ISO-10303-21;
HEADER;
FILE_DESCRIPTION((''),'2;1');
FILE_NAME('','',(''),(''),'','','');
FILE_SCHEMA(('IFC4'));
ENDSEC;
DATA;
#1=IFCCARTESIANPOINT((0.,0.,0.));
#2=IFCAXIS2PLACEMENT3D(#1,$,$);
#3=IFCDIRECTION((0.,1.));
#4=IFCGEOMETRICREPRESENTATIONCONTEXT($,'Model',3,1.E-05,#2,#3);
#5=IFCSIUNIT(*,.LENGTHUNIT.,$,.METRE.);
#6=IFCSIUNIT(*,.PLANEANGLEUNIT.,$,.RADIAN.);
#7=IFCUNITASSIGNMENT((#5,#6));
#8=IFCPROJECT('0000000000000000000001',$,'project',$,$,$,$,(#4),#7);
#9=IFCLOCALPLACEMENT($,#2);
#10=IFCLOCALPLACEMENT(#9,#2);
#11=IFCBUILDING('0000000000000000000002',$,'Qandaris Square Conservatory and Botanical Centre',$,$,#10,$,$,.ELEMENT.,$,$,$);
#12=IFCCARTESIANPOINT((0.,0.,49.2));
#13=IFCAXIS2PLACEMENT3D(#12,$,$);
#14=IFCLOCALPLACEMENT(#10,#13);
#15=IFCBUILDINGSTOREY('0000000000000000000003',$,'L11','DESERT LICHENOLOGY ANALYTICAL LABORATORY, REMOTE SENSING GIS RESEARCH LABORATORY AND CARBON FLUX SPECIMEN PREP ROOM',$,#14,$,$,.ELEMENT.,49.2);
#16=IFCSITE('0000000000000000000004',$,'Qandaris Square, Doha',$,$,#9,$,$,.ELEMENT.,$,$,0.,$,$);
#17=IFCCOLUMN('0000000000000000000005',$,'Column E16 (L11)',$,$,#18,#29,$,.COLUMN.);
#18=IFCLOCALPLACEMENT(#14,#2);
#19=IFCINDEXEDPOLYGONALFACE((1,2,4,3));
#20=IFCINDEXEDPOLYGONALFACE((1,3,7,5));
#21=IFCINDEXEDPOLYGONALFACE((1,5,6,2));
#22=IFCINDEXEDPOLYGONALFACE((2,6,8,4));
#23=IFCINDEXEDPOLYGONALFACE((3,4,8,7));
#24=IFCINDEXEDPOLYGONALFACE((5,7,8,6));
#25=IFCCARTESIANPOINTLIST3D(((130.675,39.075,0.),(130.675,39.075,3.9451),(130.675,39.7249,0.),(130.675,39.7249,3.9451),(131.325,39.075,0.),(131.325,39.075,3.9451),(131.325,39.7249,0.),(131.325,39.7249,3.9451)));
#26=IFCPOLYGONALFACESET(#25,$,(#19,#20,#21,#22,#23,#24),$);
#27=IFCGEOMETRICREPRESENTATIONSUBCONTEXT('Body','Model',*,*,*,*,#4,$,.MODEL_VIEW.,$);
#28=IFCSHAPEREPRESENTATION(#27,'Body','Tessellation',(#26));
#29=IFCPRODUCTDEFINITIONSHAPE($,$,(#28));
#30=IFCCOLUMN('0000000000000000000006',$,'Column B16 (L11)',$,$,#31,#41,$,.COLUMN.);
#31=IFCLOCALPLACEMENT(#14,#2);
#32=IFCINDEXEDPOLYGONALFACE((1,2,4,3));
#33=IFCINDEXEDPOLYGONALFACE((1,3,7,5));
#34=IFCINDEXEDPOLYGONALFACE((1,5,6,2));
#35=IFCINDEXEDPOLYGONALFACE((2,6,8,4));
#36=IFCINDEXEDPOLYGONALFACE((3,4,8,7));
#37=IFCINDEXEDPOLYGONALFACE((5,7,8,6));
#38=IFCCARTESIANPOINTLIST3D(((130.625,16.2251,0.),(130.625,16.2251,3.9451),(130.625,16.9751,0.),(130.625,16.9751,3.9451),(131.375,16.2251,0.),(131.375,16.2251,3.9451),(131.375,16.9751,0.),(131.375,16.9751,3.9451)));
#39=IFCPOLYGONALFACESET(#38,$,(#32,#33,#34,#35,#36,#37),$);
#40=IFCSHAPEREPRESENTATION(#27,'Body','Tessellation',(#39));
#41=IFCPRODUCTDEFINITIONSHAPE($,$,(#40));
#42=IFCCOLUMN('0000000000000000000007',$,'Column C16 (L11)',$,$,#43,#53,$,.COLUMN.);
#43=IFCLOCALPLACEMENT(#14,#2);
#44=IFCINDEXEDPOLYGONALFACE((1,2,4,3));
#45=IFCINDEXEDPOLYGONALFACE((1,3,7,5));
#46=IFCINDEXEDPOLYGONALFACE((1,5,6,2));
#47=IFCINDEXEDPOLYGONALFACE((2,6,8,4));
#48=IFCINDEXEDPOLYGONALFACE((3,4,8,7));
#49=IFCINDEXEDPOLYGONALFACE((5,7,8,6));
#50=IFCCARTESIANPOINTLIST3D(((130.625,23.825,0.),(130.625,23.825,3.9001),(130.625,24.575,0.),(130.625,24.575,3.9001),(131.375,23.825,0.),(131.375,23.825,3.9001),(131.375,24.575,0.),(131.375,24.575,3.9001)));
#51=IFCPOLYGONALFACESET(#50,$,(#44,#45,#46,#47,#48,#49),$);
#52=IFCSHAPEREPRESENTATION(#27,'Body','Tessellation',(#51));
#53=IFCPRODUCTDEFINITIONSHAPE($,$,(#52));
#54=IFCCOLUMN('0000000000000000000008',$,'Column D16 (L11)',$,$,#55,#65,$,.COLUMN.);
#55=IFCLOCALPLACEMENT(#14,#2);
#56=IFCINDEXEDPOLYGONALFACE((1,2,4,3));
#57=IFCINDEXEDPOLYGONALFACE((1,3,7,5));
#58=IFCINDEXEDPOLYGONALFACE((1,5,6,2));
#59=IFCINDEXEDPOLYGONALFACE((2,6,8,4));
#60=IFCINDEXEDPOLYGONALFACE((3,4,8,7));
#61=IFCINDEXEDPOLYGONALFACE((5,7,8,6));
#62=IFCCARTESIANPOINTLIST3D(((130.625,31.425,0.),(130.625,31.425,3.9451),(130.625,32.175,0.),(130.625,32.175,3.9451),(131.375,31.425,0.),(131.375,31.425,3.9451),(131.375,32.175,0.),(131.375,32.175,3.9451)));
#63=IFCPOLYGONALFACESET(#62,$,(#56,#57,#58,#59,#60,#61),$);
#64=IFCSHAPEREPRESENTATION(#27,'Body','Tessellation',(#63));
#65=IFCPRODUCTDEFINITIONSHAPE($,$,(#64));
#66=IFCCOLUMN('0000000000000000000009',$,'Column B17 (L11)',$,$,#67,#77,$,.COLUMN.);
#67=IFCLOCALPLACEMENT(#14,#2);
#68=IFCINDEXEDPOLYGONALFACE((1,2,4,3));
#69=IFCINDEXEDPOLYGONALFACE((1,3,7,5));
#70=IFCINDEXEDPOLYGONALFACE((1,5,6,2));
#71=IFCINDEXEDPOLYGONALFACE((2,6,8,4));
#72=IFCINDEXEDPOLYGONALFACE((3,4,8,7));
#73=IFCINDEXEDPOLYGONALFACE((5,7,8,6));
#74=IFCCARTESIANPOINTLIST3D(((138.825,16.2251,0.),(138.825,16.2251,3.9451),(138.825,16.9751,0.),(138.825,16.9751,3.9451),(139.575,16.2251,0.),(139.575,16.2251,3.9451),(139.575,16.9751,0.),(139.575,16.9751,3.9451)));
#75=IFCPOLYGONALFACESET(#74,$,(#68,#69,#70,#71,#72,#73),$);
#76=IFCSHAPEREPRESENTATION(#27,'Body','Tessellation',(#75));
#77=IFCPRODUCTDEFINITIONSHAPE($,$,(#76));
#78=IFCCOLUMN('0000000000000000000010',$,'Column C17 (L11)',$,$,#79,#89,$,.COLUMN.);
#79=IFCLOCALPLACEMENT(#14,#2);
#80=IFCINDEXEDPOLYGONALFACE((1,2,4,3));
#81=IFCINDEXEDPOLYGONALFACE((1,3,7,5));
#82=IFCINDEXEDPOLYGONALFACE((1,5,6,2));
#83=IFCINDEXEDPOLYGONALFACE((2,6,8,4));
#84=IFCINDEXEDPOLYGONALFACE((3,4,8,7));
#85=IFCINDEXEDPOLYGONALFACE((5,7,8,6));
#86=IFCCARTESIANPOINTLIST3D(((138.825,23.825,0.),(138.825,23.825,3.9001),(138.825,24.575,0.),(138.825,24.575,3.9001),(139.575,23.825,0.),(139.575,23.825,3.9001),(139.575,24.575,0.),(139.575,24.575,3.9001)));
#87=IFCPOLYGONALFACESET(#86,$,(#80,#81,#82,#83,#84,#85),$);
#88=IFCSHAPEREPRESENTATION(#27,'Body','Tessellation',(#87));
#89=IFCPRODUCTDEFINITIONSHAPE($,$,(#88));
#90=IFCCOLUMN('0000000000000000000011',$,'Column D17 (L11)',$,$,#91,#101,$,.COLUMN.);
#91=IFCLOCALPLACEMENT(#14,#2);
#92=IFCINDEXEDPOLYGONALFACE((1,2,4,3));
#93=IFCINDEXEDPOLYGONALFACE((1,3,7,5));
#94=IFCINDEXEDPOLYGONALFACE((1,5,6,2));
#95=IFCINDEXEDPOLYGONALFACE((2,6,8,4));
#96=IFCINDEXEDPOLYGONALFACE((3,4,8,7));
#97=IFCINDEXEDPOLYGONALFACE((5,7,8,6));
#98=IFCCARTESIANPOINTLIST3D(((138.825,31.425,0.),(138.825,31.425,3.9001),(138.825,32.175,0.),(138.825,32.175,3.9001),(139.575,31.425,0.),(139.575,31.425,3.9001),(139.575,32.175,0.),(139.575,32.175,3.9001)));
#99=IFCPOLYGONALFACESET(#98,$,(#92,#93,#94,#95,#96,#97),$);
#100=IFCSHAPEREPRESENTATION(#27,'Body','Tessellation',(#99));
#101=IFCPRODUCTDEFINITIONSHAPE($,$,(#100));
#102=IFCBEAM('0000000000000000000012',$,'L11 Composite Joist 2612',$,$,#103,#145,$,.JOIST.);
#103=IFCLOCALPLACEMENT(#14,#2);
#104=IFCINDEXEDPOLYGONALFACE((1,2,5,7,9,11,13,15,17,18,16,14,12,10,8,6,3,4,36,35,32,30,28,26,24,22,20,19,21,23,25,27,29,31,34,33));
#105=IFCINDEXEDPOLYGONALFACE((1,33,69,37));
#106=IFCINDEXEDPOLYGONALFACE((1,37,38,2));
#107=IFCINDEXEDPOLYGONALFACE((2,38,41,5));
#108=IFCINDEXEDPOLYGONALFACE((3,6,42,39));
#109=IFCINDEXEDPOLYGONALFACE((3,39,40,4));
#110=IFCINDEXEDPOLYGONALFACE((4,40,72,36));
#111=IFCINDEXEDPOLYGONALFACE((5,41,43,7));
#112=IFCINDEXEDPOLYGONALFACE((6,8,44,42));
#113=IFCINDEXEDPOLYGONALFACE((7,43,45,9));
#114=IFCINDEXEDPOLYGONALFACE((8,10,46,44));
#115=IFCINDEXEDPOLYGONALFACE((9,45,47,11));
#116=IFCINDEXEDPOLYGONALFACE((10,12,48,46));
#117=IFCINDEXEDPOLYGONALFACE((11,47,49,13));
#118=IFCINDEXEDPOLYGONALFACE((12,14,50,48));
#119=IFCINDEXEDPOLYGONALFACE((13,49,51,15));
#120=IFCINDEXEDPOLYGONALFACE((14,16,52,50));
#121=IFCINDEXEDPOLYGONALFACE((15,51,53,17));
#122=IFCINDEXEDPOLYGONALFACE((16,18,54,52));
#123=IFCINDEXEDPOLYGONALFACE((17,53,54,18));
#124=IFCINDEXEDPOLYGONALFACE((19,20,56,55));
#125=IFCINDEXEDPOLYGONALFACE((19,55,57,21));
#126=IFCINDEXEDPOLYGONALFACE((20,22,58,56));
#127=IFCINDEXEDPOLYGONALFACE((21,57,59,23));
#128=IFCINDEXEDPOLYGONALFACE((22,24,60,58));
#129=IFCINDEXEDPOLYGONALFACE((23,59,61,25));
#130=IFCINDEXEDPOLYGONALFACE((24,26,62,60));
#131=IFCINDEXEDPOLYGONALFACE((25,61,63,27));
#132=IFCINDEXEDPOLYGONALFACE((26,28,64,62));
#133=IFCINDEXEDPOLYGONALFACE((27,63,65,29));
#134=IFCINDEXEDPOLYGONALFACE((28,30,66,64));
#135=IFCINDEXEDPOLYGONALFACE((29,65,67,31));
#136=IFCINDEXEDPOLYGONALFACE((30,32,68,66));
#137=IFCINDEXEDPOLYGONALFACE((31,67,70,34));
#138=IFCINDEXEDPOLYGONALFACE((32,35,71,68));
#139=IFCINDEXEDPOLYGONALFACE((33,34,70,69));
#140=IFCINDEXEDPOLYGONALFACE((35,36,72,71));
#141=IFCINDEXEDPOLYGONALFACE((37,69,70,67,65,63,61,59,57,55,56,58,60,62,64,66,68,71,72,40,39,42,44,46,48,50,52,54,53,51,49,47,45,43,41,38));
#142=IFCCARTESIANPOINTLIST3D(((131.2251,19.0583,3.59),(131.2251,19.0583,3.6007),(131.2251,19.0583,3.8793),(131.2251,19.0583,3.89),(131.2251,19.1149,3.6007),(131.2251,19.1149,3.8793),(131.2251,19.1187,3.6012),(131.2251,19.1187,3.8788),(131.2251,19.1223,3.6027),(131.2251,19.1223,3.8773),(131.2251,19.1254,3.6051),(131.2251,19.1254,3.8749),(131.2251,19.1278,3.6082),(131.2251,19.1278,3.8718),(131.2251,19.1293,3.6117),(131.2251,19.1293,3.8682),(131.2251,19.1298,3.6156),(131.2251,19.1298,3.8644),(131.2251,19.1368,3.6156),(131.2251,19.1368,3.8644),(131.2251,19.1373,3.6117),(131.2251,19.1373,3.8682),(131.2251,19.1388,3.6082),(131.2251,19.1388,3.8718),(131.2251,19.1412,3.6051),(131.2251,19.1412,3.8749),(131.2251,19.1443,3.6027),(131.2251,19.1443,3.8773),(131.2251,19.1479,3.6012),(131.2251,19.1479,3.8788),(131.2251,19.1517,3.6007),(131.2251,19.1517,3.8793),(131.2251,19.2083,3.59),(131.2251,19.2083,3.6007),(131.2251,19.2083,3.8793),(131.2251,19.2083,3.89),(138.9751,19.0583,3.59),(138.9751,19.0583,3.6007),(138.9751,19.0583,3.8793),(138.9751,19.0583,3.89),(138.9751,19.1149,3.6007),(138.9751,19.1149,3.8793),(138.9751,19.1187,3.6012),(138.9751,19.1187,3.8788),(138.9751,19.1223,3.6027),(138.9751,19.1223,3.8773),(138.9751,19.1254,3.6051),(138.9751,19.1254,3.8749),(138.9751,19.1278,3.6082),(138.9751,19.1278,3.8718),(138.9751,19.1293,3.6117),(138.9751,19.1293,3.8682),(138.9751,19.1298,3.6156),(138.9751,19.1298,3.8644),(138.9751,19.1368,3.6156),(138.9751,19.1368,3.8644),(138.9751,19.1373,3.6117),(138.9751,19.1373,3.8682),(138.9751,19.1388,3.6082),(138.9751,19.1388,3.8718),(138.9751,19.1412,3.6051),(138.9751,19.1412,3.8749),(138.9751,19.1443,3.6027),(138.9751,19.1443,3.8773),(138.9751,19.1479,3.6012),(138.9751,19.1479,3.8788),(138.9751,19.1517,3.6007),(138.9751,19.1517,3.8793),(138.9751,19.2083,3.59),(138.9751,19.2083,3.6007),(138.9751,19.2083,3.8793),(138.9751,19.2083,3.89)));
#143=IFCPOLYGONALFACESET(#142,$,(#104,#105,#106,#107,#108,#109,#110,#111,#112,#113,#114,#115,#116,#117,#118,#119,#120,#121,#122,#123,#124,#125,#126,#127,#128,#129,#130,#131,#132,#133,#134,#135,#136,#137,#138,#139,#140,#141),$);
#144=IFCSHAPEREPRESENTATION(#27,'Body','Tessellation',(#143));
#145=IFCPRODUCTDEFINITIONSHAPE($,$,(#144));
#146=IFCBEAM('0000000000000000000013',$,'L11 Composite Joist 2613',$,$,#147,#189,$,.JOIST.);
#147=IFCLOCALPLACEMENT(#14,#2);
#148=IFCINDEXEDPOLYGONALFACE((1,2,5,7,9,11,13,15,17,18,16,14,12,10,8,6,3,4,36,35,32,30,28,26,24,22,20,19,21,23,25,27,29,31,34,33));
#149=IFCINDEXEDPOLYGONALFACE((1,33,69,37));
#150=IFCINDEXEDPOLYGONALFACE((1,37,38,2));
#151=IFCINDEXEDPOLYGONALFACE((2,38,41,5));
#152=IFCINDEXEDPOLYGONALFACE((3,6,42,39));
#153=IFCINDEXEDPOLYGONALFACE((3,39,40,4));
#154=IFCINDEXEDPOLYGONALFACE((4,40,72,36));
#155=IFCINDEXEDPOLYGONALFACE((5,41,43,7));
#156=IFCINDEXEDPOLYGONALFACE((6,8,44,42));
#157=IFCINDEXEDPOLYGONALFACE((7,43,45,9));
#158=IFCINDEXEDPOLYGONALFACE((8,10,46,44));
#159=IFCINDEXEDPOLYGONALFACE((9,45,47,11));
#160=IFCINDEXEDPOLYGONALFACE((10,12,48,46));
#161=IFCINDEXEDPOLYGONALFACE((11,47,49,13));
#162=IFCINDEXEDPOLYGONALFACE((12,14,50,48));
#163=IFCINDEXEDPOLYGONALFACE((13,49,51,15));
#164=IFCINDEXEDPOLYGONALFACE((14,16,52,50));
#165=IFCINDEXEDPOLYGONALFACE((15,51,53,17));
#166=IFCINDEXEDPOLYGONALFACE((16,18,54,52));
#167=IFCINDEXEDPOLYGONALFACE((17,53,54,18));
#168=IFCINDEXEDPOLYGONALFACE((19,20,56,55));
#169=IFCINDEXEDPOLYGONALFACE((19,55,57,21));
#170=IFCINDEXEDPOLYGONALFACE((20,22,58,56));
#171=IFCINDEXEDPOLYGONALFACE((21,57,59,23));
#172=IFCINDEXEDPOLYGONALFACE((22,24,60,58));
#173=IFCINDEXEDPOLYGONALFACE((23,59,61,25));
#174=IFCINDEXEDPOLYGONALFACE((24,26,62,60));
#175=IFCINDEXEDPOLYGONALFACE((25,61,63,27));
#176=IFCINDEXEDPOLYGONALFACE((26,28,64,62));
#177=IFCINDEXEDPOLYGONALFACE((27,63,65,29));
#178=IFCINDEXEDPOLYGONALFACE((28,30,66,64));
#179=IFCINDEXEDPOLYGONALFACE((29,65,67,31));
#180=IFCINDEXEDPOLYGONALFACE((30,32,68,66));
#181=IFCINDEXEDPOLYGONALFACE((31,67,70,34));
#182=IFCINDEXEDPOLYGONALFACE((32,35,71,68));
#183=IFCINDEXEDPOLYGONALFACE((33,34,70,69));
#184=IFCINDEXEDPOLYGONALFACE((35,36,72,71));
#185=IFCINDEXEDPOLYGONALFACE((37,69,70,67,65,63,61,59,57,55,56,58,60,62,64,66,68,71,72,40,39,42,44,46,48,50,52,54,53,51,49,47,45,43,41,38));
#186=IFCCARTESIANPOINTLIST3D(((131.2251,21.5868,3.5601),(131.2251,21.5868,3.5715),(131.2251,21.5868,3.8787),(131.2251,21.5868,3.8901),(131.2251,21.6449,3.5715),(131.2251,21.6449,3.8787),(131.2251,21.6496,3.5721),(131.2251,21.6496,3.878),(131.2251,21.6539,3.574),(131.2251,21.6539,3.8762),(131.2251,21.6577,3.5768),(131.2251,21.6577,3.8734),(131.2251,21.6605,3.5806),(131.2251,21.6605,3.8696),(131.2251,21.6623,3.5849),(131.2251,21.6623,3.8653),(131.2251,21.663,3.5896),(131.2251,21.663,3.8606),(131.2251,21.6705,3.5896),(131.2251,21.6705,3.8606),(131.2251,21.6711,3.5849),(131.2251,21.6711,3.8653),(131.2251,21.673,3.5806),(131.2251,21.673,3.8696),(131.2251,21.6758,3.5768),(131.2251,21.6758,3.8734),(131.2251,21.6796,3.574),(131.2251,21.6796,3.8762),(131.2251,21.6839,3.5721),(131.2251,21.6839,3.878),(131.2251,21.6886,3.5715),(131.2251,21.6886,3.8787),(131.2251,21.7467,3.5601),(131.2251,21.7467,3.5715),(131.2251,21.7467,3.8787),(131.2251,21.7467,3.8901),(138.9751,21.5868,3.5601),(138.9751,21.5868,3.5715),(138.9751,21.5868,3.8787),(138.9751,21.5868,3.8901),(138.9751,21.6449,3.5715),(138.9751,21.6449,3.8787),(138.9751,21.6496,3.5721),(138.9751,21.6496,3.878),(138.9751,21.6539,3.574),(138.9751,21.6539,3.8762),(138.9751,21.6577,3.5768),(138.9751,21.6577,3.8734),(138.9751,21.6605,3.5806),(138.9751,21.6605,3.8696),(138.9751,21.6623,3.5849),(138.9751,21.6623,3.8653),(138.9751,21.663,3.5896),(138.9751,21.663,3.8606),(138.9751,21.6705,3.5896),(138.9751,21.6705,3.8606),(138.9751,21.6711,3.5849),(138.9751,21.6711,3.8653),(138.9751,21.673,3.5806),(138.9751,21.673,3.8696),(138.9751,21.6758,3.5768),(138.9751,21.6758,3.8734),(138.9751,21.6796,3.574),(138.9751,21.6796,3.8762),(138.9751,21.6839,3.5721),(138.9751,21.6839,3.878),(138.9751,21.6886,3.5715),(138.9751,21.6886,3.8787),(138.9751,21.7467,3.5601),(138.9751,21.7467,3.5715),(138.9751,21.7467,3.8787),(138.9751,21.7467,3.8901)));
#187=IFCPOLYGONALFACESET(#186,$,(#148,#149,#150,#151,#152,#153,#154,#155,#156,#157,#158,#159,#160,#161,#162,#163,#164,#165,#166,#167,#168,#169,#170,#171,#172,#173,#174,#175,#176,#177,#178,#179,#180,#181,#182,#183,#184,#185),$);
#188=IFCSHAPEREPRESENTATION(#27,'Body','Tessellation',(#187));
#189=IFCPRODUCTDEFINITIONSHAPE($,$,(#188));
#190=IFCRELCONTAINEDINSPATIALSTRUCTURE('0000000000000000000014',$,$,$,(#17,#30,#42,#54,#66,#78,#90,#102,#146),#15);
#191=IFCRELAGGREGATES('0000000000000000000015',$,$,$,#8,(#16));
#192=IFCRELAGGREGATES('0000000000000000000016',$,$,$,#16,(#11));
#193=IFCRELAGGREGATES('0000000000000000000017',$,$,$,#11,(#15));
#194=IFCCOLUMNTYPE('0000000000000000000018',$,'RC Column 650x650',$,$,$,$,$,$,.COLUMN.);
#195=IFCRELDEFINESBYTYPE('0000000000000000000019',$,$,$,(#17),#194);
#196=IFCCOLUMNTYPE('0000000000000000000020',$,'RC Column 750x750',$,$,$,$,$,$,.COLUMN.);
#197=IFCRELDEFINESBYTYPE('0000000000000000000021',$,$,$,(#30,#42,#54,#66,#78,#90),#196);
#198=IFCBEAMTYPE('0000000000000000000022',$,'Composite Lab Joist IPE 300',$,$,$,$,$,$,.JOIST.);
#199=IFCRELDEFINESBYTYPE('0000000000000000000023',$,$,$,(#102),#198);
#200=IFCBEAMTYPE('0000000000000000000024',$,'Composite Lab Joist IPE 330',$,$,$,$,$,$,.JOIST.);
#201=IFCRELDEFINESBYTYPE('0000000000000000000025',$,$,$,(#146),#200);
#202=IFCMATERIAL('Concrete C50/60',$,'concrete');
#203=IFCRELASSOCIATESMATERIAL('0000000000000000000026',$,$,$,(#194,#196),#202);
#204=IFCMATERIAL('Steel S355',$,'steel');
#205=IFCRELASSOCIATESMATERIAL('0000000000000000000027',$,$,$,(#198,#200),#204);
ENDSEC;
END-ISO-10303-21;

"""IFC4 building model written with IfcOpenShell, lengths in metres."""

from ifc_helpers import new_model, si_unit, direction, frame, origin, origin_2d, place, context, subcontext, project, spatial, rectangle, i_section, extrude, material, material_profile, profile_set, type_object, element, save


model = new_model("IFC4")

# Units and contexts
model_context = context("Model", 3, precision=1e-05, world=origin(), true_north=direction((0.0, 1.0)))
body_context = subcontext(model_context, "Body", "Model", "MODEL_VIEW")
ifc_project = project(units=[si_unit("LENGTHUNIT", "METRE"), si_unit("PLANEANGLEUNIT", "RADIAN")], contexts=[model_context])

# Site, building, storey
site_placement = place(None, origin())
site = spatial("IfcSite", under=ifc_project, at=site_placement, Name="Qandaris Square, Doha", CompositionType="ELEMENT", RefElevation=0.0)
building_placement = place(site_placement, origin())
building = spatial("IfcBuilding", under=site, at=building_placement, Name="Qandaris Square Conservatory and Botanical Centre", CompositionType="ELEMENT")
storey_placement = place(building_placement, frame((0.0, 0.0, 49.2)))
storey = spatial("IfcBuildingStorey", under=building, at=storey_placement, Name="L11", Description="DESERT LICHENOLOGY ANALYTICAL LABORATORY, REMOTE SENSING GIS RESEARCH LABORATORY AND CARBON FLUX SPECIMEN PREP ROOM", CompositionType="ELEMENT", Elevation=49.2)

# Columns
ifc_material_1 = material(Name="Concrete C50/60", Category="concrete")
ifc_material_profile_1 = material_profile(ifc_material_1, rectangle(XDim=0.6499, YDim=0.6499, at=origin_2d()), Name="RC-COL 650x650")
ifc_profile_set_1 = profile_set([ifc_material_profile_1], Name="Concrete C50/60")
column_type_1 = type_object("IfcColumnType", Name="RC Column 650x650", PredefinedType="COLUMN", material=ifc_profile_set_1)
column_1_placement = place(storey_placement, frame((131.0, 39.3999, 0.0), z_axis=(0.0, 0.0, 1.0), x_axis=(1.0, 0.0, 0.0)))
element("IfcColumn", 1, at=column_1_placement, inside=storey, type_object=column_type_1, Name="Column E16 (L11)", PredefinedType="COLUMN", context=body_context, shape_type="SweptSolid", body=[
    extrude(rectangle(XDim=0.6499, YDim=0.6499, at=origin_2d()), origin(), (0.0, 0.0, 1.0), 3.9451),
])
ifc_material_profile_2 = material_profile(ifc_material_1, rectangle(XDim=0.75, YDim=0.75, at=origin_2d()), Name="RC-COL 750x750")
ifc_profile_set_2 = profile_set([ifc_material_profile_2], Name="Concrete C50/60")
column_type_2 = type_object("IfcColumnType", Name="RC Column 750x750", PredefinedType="COLUMN", material=ifc_profile_set_2)
column_2_placement = place(storey_placement, frame((131.0, 16.6001, 0.0), z_axis=(0.0, 0.0, 1.0), x_axis=(1.0, 0.0, 0.0)))
element("IfcColumn", 2, at=column_2_placement, inside=storey, type_object=column_type_2, Name="Column B16 (L11)", PredefinedType="COLUMN", context=body_context, shape_type="SweptSolid", body=[
    extrude(rectangle(XDim=0.75, YDim=0.75, at=origin_2d()), origin(), (0.0, 0.0, 1.0), 3.9451),
])
column_3_placement = place(storey_placement, frame((131.0, 24.2, 0.0), z_axis=(0.0, 0.0, 1.0), x_axis=(1.0, 0.0, 0.0)))
element("IfcColumn", 3, at=column_3_placement, inside=storey, type_object=column_type_2, Name="Column C16 (L11)", PredefinedType="COLUMN", context=body_context, shape_type="SweptSolid", body=[
    extrude(rectangle(XDim=0.75, YDim=0.75, at=origin_2d()), origin(), (0.0, 0.0, 1.0), 3.9001),
])
for number, where, z_axis, x_axis, name in (
    (4, (131.0, 31.8, 0.0), (0.0, 0.0, 1.0), (1.0, 0.0, 0.0), "Column D16 (L11)"),
    (5, (139.2, 16.6001, 0.0), (0.0, 0.0, 1.0), (1.0, 0.0, 0.0), "Column B17 (L11)"),
):
    element("IfcColumn", number, at=place(storey_placement, frame(where, z_axis=z_axis, x_axis=x_axis)), inside=storey, type_object=column_type_2, Name=name, PredefinedType="COLUMN", context=body_context, shape_type="SweptSolid", body=[
        extrude(rectangle(XDim=0.75, YDim=0.75, at=origin_2d()), origin(), (0.0, 0.0, 1.0), 3.9451),
    ])
for number, where, z_axis, x_axis, name in (
    (6, (139.2, 24.2, 0.0), (0.0, 0.0, 1.0), (1.0, 0.0, 0.0), "Column C17 (L11)"),
    (7, (139.2, 31.8, 0.0), (0.0, 0.0, 1.0), (1.0, 0.0, 0.0), "Column D17 (L11)"),
):
    element("IfcColumn", number, at=place(storey_placement, frame(where, z_axis=z_axis, x_axis=x_axis)), inside=storey, type_object=column_type_2, Name=name, PredefinedType="COLUMN", context=body_context, shape_type="SweptSolid", body=[
        extrude(rectangle(XDim=0.75, YDim=0.75, at=origin_2d()), origin(), (0.0, 0.0, 1.0), 3.9001),
    ])

# Beams
ifc_material_2 = material(Name="Steel S355", Category="steel")
ifc_material_profile_3 = material_profile(ifc_material_2, i_section(OverallWidth=0.1499, OverallDepth=0.3, WebThickness=0.0071, FlangeThickness=0.0107, FilletRadius=0.0149, at=origin_2d()), Name="IPE 300")
ifc_profile_set_3 = profile_set([ifc_material_profile_3], Name="Steel S355")
beam_type_1 = type_object("IfcBeamType", Name="Composite Lab Joist IPE 300", PredefinedType="JOIST", material=ifc_profile_set_3)
beam_1_placement = place(storey_placement, frame((131.2251, 19.1333, 3.74), z_axis=(1.0, 0.0, 0.0), x_axis=(0.0, 1.0, 0.0)))
element("IfcBeam", 8, at=beam_1_placement, inside=storey, type_object=beam_type_1, Name="L11 Composite Joist 2612", PredefinedType="JOIST", context=body_context, shape_type="SweptSolid", body=[
    extrude(i_section(OverallWidth=0.1499, OverallDepth=0.3, WebThickness=0.0071, FlangeThickness=0.0107, FilletRadius=0.0149, at=origin_2d()), origin(), (0.0, 0.0, 1.0), 7.75),
])
ifc_material_profile_4 = material_profile(ifc_material_2, i_section(OverallWidth=0.1599, OverallDepth=0.3301, WebThickness=0.0076, FlangeThickness=0.0115, FilletRadius=0.0181, at=origin_2d()), Name="IPE 330")
ifc_profile_set_4 = profile_set([ifc_material_profile_4], Name="Steel S355")
beam_type_2 = type_object("IfcBeamType", Name="Composite Lab Joist IPE 330", PredefinedType="JOIST", material=ifc_profile_set_4)
for number, where, z_axis, x_axis, name in (
    (9, (131.2251, 21.6667, 3.7251), (1.0, 0.0, 0.0), (0.0, 1.0, 0.0), "L11 Composite Joist 2613"),
):
    element("IfcBeam", number, at=place(storey_placement, frame(where, z_axis=z_axis, x_axis=x_axis)), inside=storey, type_object=beam_type_2, Name=name, PredefinedType="JOIST", context=body_context, shape_type="SweptSolid", body=[
        extrude(i_section(OverallWidth=0.1599, OverallDepth=0.3301, WebThickness=0.0076, FlangeThickness=0.0115, FilletRadius=0.0181, at=origin_2d()), origin(), (0.0, 0.0, 1.0), 7.75),
    ])

save(model, "model.ifc")
